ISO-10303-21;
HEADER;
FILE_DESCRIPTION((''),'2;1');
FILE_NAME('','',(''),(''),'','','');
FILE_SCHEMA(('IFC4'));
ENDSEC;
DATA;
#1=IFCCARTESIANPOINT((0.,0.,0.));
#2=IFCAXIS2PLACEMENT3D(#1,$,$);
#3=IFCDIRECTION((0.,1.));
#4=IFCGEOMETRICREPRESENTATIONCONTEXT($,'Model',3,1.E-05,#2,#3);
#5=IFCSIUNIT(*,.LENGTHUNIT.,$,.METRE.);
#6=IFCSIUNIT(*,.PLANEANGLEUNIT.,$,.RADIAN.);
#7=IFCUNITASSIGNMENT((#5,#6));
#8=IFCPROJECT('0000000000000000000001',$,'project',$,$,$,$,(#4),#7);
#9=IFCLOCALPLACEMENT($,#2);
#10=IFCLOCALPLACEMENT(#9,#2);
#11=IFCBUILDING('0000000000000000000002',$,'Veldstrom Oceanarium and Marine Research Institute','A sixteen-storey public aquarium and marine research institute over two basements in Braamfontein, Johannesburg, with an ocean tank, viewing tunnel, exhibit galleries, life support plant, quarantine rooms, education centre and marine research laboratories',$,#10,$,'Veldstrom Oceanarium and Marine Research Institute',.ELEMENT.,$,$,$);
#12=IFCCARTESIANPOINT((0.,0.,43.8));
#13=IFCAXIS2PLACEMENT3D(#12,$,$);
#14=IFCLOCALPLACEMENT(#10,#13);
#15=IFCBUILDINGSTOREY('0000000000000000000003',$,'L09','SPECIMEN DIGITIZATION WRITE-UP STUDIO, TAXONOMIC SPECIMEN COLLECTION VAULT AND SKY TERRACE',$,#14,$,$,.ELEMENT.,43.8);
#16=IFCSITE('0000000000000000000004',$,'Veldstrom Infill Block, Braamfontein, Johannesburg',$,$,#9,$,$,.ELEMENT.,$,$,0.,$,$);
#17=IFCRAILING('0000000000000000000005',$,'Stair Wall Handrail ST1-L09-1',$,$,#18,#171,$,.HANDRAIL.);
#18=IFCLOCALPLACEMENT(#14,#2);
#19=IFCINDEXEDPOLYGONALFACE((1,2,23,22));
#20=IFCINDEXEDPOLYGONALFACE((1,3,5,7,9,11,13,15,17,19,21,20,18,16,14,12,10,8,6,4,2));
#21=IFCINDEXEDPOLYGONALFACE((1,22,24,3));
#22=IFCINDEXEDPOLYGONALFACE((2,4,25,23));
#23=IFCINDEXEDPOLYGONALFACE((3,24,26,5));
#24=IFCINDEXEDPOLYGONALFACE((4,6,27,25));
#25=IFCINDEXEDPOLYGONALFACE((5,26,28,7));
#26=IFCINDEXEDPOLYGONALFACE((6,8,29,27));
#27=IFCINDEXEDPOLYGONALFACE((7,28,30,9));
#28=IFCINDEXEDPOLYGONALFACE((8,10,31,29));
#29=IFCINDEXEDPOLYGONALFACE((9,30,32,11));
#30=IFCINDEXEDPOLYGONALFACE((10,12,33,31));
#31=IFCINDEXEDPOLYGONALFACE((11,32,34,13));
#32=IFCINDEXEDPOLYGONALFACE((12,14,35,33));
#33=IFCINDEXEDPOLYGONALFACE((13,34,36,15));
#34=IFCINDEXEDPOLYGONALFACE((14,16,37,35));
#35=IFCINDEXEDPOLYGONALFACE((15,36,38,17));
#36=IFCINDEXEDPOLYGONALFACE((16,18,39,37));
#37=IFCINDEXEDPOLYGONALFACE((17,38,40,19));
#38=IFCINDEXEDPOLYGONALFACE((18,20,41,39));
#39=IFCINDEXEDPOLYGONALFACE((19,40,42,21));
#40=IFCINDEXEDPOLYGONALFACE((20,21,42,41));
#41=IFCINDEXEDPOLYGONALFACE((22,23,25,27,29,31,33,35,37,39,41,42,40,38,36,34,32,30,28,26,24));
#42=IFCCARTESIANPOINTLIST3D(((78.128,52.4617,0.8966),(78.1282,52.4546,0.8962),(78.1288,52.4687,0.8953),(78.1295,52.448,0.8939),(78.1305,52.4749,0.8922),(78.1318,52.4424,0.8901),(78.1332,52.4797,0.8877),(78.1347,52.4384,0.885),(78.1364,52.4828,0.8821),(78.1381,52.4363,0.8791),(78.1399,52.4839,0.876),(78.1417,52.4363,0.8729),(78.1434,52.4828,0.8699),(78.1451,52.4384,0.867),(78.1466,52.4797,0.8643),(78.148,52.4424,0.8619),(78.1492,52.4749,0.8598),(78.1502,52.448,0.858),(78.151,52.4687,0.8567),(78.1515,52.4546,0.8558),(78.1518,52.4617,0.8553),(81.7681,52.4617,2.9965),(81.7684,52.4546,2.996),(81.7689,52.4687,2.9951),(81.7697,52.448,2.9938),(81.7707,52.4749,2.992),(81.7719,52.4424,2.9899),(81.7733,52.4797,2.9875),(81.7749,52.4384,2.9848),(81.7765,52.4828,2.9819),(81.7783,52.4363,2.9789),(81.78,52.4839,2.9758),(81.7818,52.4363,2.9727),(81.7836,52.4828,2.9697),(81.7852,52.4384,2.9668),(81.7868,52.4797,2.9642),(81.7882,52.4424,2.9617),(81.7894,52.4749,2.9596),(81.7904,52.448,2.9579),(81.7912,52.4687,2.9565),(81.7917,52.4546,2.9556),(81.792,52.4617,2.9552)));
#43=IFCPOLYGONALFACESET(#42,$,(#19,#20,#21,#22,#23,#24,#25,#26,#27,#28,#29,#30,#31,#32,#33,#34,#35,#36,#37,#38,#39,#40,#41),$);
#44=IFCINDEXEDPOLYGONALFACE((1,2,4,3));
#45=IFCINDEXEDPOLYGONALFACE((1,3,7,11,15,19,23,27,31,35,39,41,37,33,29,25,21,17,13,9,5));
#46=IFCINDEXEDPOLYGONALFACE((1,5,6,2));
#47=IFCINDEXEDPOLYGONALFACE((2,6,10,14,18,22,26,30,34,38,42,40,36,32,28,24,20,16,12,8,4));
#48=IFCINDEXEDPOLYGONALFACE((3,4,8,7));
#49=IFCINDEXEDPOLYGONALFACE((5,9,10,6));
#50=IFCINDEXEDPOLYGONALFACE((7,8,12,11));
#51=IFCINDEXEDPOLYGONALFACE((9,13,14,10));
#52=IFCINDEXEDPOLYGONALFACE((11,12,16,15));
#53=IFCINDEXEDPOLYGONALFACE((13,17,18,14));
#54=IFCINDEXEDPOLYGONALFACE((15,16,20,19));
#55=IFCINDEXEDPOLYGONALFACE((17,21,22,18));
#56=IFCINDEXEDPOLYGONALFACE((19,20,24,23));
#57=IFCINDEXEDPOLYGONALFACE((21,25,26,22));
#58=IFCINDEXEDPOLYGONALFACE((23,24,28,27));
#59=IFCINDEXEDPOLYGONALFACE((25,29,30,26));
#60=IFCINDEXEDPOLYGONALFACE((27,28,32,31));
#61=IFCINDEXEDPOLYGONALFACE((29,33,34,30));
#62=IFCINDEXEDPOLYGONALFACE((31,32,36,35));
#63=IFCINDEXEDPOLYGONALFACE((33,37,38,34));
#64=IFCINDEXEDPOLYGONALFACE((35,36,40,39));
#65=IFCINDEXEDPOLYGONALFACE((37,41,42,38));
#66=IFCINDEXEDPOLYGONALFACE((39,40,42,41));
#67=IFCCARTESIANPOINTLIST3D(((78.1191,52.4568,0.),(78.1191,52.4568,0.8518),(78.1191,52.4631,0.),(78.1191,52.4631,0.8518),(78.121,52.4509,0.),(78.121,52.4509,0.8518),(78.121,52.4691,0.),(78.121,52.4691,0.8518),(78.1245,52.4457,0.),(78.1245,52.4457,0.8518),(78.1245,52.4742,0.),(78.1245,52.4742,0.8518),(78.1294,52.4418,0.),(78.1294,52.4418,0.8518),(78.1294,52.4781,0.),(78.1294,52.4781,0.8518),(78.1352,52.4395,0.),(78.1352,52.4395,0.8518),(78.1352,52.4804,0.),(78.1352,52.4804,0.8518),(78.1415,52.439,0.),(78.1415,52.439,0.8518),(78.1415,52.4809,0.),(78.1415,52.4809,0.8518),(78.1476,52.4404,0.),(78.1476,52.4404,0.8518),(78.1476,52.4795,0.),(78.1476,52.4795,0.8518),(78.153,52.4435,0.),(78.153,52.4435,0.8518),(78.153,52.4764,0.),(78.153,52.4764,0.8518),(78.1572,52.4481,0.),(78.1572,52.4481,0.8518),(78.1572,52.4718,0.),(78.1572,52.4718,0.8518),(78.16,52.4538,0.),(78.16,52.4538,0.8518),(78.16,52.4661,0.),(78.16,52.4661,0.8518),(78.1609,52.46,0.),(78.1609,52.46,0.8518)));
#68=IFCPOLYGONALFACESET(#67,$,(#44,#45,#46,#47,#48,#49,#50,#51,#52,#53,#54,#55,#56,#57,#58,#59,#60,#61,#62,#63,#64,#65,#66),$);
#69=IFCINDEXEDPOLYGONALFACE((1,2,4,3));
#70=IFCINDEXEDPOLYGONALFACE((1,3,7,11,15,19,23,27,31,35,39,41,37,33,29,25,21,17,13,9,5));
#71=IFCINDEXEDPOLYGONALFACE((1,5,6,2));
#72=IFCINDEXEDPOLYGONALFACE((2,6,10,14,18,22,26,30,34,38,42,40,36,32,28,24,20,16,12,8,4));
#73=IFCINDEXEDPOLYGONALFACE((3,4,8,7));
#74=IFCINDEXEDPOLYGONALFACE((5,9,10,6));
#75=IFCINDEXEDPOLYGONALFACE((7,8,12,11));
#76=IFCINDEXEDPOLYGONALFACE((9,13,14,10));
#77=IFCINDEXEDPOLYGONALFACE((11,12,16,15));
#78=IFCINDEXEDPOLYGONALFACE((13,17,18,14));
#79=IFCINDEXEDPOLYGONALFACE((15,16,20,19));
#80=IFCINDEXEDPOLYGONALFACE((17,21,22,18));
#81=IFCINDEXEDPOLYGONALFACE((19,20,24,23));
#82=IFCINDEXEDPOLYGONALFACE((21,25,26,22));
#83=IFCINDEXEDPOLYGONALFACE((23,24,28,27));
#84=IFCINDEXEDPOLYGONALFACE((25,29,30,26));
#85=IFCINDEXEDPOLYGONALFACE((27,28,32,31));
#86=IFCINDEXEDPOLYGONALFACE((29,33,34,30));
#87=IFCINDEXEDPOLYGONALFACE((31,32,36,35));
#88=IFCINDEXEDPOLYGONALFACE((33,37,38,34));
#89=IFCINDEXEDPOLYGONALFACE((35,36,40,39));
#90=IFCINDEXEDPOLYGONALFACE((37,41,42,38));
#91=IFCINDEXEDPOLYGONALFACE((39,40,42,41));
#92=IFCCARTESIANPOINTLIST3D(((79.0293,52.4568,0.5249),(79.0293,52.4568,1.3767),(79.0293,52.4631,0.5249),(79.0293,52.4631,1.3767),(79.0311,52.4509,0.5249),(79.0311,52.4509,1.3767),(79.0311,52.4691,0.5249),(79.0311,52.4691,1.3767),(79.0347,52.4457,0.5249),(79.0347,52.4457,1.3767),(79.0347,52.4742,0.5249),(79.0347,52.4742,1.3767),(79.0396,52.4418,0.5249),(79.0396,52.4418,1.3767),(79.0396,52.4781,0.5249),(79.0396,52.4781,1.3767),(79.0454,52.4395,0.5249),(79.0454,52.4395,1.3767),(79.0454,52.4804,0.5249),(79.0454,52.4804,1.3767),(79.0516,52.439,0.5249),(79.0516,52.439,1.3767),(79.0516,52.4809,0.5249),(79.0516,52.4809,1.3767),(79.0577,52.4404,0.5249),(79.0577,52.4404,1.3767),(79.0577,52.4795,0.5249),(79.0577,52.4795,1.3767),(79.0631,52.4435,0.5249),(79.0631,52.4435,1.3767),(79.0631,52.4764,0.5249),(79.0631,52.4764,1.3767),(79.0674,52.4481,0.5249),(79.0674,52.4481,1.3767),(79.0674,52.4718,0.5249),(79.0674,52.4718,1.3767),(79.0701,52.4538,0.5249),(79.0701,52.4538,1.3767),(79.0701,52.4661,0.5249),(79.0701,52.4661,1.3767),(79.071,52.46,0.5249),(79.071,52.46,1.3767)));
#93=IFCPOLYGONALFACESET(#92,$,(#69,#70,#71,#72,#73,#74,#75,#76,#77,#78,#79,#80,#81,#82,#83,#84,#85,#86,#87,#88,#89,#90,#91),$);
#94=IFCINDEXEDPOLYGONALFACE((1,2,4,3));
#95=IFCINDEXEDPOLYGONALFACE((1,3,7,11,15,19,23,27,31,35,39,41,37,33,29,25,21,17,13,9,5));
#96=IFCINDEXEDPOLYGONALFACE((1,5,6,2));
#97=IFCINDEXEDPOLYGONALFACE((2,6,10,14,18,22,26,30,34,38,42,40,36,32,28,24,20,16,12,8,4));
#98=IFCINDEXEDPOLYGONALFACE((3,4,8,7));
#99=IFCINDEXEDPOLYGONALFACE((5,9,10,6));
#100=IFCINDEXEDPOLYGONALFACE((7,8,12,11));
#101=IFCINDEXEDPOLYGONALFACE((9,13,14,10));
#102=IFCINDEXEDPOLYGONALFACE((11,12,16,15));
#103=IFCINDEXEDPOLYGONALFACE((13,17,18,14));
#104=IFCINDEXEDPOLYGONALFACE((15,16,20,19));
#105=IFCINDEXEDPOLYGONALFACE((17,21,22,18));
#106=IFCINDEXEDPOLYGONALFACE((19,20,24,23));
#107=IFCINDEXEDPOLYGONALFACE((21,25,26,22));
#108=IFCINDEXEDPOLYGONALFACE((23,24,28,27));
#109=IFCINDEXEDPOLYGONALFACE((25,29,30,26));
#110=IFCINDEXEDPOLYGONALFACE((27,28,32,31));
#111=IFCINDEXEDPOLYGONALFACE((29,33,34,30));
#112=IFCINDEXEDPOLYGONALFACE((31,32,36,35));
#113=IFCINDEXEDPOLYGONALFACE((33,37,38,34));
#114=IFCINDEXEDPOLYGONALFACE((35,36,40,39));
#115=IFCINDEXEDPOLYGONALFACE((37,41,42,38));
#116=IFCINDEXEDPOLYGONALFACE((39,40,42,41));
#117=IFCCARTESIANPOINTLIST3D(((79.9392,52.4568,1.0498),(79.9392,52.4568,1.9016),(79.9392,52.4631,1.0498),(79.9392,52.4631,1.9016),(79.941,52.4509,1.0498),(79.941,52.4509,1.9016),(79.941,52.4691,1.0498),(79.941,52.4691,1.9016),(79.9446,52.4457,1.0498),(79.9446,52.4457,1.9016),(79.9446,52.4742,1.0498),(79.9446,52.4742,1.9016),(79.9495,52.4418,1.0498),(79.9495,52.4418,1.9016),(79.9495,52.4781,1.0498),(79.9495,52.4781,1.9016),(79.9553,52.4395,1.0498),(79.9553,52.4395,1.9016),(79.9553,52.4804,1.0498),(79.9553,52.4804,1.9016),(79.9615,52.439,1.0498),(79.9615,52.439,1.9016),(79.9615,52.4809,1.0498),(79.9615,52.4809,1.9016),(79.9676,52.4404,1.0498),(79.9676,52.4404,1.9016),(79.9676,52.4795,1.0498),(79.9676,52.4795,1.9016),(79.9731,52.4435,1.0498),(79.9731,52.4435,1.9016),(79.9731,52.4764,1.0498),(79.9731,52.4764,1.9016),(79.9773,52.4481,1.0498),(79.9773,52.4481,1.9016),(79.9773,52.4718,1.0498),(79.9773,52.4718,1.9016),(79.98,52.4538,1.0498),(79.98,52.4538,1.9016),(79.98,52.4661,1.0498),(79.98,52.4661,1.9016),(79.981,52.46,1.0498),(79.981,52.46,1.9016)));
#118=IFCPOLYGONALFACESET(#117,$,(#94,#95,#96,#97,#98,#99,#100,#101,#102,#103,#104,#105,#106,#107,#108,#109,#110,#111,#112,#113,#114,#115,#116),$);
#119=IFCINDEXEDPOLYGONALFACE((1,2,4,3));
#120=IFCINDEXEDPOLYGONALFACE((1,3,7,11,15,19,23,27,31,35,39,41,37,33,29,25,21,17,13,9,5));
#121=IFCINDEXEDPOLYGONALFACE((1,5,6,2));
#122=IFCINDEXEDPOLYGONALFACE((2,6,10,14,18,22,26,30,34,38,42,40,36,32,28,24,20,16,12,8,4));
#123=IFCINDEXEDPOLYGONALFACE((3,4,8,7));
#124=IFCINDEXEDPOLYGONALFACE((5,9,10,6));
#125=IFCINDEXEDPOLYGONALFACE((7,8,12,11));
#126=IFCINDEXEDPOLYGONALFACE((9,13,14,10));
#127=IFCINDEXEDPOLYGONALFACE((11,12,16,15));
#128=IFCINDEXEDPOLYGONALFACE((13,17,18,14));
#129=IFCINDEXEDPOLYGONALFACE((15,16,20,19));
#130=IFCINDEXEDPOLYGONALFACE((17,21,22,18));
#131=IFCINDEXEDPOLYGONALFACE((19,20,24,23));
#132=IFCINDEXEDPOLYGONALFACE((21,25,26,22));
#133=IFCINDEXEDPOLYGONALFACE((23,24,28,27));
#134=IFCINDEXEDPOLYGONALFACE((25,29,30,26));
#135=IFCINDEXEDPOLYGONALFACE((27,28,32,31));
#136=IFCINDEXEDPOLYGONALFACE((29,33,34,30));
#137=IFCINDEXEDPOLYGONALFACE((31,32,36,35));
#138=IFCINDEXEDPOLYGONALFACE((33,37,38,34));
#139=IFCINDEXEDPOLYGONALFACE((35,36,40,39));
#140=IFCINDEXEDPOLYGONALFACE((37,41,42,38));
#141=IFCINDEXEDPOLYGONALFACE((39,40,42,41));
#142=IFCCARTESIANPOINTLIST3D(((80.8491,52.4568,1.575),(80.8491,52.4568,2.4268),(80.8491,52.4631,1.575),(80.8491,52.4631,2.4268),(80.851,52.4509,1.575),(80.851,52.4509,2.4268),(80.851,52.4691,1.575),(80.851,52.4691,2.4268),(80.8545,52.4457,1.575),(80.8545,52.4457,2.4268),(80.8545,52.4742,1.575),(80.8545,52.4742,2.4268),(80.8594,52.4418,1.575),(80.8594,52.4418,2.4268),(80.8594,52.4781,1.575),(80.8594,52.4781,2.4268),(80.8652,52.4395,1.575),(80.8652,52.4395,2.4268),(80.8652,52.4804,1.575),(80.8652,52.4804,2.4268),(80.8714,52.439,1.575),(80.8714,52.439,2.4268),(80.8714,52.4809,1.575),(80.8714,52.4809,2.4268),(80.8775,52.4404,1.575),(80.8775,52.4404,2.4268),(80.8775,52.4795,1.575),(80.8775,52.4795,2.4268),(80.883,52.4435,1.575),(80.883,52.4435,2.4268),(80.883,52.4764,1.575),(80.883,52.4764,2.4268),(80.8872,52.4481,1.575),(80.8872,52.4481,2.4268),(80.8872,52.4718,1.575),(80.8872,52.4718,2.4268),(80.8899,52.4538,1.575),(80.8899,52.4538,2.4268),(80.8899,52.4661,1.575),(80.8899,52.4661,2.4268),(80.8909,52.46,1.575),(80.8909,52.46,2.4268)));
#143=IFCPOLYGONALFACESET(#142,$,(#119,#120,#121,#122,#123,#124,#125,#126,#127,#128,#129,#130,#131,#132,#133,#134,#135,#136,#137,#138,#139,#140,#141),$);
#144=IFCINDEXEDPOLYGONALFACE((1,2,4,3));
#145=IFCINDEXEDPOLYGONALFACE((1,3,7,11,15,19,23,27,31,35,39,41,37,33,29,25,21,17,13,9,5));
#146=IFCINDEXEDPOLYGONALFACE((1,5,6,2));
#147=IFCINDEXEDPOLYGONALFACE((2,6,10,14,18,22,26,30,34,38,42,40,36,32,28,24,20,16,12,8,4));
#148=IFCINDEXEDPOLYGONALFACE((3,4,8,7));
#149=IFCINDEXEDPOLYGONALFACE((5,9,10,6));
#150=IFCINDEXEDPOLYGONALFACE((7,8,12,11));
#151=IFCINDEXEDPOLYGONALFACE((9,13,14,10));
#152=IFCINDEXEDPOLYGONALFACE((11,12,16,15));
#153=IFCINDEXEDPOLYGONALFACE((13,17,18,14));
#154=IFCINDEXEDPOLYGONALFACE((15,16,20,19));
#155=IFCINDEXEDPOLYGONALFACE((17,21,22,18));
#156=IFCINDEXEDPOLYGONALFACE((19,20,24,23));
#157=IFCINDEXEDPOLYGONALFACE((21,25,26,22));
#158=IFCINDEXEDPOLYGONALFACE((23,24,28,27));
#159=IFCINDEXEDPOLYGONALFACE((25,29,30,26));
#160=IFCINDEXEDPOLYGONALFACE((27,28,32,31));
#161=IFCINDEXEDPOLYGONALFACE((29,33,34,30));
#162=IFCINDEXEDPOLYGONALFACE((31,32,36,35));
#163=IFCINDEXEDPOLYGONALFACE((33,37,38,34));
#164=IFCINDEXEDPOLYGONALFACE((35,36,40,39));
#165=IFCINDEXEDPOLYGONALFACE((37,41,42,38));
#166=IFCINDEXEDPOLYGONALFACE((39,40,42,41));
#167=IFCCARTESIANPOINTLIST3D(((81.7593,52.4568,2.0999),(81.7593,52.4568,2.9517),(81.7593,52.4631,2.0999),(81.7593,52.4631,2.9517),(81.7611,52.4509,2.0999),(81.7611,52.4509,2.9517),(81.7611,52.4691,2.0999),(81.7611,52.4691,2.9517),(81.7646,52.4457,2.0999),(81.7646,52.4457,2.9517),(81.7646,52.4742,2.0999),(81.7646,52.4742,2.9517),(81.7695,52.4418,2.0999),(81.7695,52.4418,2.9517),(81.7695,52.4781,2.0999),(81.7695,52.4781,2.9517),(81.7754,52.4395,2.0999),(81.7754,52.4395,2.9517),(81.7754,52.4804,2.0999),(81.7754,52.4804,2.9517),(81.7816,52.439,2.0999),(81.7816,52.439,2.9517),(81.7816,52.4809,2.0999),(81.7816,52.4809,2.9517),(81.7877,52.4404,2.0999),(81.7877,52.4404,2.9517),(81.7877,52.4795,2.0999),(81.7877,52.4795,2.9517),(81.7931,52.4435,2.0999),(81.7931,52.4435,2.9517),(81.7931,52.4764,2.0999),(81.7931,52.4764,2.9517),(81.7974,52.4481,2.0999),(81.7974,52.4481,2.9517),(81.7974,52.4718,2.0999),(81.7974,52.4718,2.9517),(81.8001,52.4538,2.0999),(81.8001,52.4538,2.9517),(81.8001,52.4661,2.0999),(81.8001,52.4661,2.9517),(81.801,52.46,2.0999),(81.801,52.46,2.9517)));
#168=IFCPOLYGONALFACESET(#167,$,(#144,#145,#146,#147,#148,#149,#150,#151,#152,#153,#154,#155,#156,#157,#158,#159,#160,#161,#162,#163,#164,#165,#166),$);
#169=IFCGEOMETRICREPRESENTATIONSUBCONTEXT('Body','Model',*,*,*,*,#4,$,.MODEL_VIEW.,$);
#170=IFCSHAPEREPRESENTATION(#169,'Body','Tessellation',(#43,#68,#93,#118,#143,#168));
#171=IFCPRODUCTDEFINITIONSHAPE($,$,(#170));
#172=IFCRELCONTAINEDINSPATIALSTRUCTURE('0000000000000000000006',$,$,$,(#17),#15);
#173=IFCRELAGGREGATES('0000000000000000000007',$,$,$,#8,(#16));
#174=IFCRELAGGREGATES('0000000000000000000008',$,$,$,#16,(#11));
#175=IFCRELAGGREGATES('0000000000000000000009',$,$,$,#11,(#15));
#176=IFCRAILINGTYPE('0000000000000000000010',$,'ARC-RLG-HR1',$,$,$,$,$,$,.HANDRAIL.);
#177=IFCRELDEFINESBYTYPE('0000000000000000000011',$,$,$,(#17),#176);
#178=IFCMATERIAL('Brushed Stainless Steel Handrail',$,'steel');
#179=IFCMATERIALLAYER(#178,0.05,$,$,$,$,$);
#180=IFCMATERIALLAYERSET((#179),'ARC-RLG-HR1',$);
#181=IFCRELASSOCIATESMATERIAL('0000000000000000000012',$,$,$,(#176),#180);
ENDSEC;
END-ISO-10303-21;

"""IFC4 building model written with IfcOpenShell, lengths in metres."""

from ifc_helpers import new_model, si_unit, direction, frame, origin, origin_2d, place, context, subcontext, project, spatial, circle, extrude, material, layer, layer_set, type_object, element, save


model = new_model("IFC4")

# Units and contexts
model_context = context("Model", 3, precision=1e-05, world=origin(), true_north=direction((0.0, 1.0)))
body_context = subcontext(model_context, "Body", "Model", "MODEL_VIEW")
ifc_project = project(units=[si_unit("LENGTHUNIT", "METRE"), si_unit("PLANEANGLEUNIT", "RADIAN")], contexts=[model_context])

# Site, building, storey
site_placement = place(None, origin())
site = spatial("IfcSite", under=ifc_project, at=site_placement, Name="Veldstrom Infill Block, Braamfontein, Johannesburg", CompositionType="ELEMENT", RefElevation=0.0)
building_placement = place(site_placement, origin())
building = spatial("IfcBuilding", under=site, at=building_placement, Name="Veldstrom Oceanarium and Marine Research Institute", Description="A sixteen-storey public aquarium and marine research institute over two basements in Braamfontein, Johannesburg, with an ocean tank, viewing tunnel, exhibit galleries, life support plant, quarantine rooms, education centre and marine research laboratories", LongName="Veldstrom Oceanarium and Marine Research Institute", CompositionType="ELEMENT")
storey_placement = place(building_placement, frame((0.0, 0.0, 43.8)))
storey = spatial("IfcBuildingStorey", under=building, at=storey_placement, Name="L09", Description="SPECIMEN DIGITIZATION WRITE-UP STUDIO, TAXONOMIC SPECIMEN COLLECTION VAULT AND SKY TERRACE", CompositionType="ELEMENT", Elevation=43.8)

# Railing
ifc_material_1 = material(Name="Brushed Stainless Steel Handrail", Category="steel")
ifc_layer_1 = layer(ifc_material_1, 0.05)
ifc_layer_set_1 = layer_set([ifc_layer_1], Name="ARC-RLG-HR1")
railing_type_1 = type_object("IfcRailingType", Name="ARC-RLG-HR1", PredefinedType="HANDRAIL", material=ifc_layer_set_1)
railing_1_placement = place(storey_placement, frame((78.1399, 52.46, 0.0)))
element("IfcRailing", 1, at=railing_1_placement, inside=storey, type_object=railing_type_1, Name="Stair Wall Handrail ST1-L09-1", PredefinedType="HANDRAIL", context=body_context, shape_type="SweptSolid", body=[
    extrude(circle(Radius=0.0239, at=origin_2d()), frame((0.0, 0.0, 0.876), z_axis=(0.866209, 0.0, 0.499682), x_axis=(0.0, 1.0, 0.0)), (0.0, 0.0, 1.0), 4.2024),
    extrude(circle(Radius=0.021, at=origin_2d()), origin(), (0.0, 0.0, 1.0), 0.8518),
    extrude(circle(Radius=0.021, at=origin_2d()), frame((0.9102, 0.0, 0.5249)), (0.0, 0.0, 1.0), 0.8518),
    extrude(circle(Radius=0.021, at=origin_2d()), frame((1.8201, 0.0, 1.0498)), (0.0, 0.0, 1.0), 0.8518),
    extrude(circle(Radius=0.021, at=origin_2d()), frame((2.73, 0.0, 1.575)), (0.0, 0.0, 1.0), 0.8518),
    extrude(circle(Radius=0.021, at=origin_2d()), frame((3.6401, 0.0, 2.0999)), (0.0, 0.0, 1.0), 0.8518),
])

save(model, "model.ifc")
